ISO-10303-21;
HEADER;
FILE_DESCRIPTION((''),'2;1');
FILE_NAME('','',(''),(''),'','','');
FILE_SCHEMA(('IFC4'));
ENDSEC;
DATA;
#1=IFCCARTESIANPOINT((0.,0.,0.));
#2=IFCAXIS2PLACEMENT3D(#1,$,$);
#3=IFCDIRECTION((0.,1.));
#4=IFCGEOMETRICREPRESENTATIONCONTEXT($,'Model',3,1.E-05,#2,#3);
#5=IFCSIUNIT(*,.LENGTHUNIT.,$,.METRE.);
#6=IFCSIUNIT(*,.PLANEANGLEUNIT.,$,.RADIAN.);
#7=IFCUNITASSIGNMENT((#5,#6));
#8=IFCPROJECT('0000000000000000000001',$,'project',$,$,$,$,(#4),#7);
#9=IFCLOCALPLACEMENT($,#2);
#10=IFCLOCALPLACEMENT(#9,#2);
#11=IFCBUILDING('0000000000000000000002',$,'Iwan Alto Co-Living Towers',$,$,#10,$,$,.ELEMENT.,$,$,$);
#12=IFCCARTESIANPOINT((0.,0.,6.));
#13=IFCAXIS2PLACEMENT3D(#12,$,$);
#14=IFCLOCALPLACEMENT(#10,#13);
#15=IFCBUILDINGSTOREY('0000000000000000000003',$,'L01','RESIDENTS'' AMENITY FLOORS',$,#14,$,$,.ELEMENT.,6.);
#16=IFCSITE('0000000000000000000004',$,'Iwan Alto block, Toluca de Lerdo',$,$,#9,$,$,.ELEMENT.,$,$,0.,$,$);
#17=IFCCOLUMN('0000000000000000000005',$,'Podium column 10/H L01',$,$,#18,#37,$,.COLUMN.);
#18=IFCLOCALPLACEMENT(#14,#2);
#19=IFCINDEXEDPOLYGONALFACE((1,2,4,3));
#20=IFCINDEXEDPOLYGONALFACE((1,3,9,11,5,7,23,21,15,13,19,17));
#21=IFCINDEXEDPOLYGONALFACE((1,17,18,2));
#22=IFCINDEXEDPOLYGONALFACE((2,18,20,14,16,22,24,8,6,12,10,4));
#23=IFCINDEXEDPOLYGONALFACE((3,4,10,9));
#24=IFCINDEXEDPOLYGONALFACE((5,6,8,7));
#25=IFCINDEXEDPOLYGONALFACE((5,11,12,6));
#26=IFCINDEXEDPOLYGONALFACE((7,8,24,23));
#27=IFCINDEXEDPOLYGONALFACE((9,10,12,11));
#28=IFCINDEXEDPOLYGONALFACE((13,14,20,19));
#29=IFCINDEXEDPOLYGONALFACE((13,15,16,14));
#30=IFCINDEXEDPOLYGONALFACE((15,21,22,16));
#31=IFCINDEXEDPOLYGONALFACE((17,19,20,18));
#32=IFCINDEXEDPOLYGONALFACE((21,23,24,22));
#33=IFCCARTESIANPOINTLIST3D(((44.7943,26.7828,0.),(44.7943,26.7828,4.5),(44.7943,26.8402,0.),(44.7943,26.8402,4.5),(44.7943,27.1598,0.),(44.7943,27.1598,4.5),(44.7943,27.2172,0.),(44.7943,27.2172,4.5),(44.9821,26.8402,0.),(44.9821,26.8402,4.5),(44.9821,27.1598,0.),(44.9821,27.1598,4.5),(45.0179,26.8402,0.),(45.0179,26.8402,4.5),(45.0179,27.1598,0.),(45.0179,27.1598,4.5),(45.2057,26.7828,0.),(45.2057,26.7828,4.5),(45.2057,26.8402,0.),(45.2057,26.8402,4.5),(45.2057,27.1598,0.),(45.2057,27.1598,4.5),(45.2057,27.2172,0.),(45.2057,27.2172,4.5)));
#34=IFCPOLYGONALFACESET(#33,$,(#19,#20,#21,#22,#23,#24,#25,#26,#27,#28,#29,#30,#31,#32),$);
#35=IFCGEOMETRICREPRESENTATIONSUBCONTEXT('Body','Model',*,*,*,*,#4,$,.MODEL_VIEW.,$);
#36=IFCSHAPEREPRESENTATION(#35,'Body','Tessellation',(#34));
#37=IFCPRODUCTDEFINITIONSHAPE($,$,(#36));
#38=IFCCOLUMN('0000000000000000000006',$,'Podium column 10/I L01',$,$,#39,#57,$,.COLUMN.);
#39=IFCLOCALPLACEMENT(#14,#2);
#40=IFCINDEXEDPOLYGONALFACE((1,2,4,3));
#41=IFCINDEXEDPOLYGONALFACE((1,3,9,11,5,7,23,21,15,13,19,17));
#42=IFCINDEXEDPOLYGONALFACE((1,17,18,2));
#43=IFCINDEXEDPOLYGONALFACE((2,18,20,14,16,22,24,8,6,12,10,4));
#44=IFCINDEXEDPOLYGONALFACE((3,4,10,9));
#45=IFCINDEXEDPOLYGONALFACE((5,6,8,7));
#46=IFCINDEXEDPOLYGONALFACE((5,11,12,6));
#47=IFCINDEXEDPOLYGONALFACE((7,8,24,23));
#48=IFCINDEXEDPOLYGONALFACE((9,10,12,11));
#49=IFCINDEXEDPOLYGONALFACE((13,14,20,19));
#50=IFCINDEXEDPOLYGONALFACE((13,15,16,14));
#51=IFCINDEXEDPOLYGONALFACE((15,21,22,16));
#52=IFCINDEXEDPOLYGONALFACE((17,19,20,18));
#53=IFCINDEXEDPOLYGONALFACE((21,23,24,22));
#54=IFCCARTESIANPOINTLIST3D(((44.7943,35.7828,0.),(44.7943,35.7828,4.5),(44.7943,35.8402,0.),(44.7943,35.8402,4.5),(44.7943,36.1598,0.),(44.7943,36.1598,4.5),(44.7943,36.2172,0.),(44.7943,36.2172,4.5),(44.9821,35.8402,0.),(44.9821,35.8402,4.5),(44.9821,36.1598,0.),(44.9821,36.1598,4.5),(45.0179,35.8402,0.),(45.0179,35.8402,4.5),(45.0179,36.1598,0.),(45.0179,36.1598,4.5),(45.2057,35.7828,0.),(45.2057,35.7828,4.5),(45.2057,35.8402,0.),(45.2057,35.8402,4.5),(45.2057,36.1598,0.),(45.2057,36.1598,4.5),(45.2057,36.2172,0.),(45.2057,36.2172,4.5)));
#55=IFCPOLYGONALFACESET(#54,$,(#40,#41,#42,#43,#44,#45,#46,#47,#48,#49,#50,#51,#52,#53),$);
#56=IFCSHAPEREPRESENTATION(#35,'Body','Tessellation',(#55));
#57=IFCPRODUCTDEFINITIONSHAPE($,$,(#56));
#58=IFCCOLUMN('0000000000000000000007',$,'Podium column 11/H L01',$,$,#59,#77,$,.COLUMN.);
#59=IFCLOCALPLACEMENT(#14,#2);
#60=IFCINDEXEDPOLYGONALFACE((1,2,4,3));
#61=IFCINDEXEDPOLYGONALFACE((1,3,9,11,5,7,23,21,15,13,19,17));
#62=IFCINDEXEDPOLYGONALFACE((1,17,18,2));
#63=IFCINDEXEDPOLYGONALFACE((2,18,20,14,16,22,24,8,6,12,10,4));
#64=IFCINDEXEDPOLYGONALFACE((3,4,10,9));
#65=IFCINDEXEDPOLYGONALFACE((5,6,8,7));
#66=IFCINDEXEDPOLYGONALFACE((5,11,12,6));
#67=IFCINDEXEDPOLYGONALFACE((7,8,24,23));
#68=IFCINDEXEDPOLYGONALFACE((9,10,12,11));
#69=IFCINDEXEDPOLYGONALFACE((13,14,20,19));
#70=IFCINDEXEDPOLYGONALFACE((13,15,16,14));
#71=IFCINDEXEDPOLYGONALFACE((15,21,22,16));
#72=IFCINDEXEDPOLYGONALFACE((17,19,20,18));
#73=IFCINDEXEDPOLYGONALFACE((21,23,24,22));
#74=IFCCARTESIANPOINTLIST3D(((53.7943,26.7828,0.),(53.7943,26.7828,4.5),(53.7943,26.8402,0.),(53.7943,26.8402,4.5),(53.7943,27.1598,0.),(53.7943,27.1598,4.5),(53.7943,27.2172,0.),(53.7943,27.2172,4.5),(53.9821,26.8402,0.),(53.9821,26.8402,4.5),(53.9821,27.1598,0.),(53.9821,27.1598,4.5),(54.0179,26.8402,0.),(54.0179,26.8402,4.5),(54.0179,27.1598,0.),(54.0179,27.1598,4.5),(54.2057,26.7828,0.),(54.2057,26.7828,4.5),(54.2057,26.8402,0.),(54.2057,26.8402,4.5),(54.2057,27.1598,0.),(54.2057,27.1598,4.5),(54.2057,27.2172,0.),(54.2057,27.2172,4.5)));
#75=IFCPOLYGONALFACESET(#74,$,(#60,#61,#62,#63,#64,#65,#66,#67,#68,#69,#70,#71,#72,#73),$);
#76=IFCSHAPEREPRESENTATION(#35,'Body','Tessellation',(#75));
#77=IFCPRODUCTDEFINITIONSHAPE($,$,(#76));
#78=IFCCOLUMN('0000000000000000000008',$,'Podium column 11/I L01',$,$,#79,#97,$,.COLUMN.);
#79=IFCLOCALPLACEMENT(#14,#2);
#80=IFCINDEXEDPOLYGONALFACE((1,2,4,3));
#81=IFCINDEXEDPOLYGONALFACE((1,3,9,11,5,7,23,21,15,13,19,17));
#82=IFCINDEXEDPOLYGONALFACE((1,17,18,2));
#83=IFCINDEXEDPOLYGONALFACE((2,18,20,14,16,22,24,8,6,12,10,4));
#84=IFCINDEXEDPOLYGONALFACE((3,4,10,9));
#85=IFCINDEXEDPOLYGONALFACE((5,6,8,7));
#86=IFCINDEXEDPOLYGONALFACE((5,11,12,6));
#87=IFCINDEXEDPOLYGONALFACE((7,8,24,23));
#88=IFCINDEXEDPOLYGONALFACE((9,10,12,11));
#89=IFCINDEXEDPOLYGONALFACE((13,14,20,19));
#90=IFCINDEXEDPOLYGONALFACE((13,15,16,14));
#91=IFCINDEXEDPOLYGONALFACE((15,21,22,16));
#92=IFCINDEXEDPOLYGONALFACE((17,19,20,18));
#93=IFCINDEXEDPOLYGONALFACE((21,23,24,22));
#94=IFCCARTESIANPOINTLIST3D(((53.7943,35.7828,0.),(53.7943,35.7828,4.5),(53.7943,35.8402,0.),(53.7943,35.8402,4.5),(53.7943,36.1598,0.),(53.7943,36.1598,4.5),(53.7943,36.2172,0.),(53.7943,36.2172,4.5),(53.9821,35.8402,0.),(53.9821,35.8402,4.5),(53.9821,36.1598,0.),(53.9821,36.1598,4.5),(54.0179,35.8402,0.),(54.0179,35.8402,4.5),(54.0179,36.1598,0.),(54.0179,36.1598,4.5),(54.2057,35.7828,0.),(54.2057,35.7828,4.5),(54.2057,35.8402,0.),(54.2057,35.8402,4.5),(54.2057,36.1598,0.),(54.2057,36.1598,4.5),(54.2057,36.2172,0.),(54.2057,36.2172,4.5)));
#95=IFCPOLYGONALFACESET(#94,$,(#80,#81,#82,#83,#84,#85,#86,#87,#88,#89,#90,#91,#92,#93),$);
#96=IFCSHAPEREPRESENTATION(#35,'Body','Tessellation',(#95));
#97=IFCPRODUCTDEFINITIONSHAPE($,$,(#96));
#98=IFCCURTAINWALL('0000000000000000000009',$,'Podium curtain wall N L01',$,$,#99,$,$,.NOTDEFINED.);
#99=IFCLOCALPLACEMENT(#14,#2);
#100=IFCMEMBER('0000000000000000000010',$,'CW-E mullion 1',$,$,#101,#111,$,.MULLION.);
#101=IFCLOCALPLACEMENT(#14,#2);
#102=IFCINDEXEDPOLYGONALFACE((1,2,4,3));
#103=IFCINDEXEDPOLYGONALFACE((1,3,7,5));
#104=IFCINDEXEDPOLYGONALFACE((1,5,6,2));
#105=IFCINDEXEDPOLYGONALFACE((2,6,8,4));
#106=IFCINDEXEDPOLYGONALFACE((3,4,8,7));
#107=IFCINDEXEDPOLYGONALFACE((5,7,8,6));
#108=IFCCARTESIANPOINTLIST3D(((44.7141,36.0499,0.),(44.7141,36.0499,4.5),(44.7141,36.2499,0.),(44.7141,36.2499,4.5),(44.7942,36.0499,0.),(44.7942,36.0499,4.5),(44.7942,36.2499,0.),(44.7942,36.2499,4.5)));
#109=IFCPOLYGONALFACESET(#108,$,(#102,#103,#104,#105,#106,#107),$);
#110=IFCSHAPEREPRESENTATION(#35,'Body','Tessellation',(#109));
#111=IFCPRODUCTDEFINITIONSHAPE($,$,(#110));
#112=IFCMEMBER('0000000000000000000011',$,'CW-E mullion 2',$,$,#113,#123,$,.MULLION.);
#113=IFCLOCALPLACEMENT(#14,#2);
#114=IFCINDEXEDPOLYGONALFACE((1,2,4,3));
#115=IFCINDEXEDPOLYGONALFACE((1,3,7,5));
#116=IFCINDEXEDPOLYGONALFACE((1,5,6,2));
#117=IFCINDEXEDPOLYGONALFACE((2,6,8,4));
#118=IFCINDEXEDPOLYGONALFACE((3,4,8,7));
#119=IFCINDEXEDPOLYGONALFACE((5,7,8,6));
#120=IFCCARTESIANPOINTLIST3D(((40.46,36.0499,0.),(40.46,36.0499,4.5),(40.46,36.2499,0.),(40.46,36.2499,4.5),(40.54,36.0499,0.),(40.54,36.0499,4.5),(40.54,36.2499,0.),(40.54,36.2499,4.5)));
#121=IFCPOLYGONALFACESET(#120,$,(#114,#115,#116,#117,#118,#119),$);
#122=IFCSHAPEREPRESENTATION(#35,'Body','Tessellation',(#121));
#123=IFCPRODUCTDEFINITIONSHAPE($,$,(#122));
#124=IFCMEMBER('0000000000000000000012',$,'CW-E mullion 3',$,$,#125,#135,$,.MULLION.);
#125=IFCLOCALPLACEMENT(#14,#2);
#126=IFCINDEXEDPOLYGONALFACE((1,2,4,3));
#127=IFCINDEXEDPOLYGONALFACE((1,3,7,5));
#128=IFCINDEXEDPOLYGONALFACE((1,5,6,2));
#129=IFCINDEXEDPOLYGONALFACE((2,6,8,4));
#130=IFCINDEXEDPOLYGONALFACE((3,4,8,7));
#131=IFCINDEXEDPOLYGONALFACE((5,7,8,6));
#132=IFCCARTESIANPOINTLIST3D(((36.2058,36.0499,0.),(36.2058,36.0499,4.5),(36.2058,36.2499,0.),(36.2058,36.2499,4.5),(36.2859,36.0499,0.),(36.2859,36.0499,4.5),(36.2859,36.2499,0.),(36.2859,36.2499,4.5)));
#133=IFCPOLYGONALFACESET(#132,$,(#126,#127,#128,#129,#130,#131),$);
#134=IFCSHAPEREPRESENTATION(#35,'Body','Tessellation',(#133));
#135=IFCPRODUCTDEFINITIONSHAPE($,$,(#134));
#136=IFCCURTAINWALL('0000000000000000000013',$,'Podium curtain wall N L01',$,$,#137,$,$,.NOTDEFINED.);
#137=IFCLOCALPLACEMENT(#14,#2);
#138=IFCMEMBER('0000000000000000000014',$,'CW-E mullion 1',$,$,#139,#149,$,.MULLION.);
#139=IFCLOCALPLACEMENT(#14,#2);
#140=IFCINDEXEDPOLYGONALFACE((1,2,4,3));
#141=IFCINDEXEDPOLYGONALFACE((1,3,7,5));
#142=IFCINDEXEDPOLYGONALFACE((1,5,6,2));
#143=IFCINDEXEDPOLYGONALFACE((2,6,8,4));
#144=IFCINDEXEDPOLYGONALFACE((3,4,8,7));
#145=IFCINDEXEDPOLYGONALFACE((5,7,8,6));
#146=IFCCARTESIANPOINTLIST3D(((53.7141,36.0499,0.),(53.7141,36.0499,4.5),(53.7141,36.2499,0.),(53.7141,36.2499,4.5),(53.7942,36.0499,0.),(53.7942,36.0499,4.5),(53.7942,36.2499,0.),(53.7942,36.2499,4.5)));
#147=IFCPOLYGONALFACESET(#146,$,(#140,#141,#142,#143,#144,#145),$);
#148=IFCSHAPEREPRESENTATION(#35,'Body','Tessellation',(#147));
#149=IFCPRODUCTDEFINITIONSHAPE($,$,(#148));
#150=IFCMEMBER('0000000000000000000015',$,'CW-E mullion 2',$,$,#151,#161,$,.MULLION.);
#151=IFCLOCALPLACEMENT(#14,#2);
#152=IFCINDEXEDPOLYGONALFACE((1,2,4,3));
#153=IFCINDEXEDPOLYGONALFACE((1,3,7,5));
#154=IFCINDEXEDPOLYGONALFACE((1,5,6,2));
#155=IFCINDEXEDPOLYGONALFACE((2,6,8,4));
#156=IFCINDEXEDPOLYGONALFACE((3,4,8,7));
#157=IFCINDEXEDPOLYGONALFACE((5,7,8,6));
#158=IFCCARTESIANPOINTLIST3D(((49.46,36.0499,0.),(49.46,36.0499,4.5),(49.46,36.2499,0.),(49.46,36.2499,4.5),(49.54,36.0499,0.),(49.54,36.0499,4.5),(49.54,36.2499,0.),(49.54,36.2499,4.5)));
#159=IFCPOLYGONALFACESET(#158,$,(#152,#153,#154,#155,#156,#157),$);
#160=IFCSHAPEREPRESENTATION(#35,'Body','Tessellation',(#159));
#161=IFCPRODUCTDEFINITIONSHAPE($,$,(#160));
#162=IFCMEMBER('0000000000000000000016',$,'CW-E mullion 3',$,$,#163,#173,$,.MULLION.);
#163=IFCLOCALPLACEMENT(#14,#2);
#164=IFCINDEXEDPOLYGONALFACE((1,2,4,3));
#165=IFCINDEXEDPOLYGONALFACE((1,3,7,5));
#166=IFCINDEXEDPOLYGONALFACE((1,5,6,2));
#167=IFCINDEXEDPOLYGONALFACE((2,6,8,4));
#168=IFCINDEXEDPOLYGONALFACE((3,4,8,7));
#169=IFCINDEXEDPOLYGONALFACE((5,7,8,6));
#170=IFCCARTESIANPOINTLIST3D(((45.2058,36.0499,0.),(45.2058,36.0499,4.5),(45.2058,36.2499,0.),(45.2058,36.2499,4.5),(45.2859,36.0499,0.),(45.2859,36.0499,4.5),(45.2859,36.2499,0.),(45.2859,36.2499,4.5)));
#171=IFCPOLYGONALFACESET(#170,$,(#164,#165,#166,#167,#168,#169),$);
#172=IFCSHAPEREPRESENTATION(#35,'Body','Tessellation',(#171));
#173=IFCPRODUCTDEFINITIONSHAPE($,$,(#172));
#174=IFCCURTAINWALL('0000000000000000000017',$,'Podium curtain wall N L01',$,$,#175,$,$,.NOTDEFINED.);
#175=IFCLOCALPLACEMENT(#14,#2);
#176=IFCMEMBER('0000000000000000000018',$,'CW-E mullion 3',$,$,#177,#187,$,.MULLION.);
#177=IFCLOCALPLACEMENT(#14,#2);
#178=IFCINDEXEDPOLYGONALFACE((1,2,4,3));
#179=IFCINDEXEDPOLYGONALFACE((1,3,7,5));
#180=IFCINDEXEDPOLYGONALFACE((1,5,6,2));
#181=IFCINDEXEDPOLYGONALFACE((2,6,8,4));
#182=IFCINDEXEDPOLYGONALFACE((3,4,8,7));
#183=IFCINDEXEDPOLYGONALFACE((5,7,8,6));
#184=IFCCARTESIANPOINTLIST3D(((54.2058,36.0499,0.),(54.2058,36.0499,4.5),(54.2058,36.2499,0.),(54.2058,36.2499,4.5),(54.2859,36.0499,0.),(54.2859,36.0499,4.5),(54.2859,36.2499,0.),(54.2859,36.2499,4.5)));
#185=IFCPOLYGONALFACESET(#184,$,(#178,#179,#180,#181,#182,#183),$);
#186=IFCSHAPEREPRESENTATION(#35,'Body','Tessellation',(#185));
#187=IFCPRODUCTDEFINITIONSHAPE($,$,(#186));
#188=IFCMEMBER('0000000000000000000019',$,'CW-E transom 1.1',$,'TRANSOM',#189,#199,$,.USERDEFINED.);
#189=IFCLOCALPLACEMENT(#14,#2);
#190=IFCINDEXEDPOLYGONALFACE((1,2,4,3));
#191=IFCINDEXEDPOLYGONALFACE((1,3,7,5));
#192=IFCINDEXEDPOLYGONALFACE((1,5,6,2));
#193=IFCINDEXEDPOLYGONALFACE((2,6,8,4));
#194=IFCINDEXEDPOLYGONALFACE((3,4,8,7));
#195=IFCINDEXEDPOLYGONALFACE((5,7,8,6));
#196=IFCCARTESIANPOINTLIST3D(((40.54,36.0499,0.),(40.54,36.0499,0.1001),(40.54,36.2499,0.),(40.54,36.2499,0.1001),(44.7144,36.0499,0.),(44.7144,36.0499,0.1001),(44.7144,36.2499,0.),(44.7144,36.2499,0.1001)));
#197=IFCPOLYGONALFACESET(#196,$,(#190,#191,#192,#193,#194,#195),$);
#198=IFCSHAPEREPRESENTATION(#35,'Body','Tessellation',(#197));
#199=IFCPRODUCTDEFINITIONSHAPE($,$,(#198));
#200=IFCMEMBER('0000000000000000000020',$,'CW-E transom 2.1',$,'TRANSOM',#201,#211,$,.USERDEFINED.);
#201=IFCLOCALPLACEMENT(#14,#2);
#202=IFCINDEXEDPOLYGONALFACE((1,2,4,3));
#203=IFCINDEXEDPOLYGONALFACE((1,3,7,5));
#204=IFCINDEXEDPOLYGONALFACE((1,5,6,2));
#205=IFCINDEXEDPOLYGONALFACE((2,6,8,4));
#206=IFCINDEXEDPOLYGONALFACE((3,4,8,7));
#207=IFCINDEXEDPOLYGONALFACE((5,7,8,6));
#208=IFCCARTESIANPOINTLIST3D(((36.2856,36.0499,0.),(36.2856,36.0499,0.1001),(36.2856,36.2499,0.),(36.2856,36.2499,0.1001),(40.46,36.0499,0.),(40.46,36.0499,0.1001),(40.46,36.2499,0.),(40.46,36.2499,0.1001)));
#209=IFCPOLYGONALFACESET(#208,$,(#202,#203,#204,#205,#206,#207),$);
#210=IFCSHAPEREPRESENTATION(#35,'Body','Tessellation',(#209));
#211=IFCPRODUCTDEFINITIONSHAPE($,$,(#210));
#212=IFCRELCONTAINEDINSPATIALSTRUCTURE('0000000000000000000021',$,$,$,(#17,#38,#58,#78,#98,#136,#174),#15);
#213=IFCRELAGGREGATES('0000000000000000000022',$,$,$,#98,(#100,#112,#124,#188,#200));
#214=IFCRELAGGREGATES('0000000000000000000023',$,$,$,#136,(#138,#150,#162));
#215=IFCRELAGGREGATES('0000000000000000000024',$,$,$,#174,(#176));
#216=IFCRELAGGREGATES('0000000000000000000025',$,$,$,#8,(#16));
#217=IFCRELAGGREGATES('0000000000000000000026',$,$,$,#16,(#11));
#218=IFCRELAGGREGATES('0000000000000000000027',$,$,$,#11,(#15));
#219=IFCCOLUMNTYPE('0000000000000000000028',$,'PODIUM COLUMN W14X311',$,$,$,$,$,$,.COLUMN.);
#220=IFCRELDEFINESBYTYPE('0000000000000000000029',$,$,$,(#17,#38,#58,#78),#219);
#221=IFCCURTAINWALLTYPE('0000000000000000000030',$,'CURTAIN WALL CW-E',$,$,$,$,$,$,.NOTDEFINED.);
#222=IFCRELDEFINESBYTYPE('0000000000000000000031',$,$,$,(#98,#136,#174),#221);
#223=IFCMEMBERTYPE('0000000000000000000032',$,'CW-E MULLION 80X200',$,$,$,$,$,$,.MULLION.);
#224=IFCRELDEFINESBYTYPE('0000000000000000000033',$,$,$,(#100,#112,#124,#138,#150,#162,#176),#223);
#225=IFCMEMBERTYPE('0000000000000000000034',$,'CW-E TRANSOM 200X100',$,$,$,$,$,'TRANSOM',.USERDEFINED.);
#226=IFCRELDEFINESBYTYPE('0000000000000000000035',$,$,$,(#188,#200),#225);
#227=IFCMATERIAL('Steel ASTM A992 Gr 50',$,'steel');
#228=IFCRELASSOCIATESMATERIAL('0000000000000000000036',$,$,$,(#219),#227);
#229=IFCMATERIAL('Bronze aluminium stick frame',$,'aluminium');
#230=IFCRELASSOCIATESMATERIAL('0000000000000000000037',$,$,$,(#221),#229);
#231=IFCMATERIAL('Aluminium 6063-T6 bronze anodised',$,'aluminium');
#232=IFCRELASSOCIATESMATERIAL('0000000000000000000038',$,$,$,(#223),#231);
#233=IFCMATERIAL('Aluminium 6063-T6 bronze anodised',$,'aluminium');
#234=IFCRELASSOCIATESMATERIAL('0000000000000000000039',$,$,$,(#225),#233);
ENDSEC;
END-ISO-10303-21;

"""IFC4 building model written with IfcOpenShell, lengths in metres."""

from ifc_helpers import new_model, si_unit, direction, frame, origin, origin_2d, place, context, subcontext, project, spatial, rectangle, i_section, extrude, material, material_profile, profile_set, type_object, element, aggregate, save


model = new_model("IFC4")

# Units and contexts
model_context = context("Model", 3, precision=1e-05, world=origin(), true_north=direction((0.0, 1.0)))
body_context = subcontext(model_context, "Body", "Model", "MODEL_VIEW")
ifc_project = project(units=[si_unit("LENGTHUNIT", "METRE"), si_unit("PLANEANGLEUNIT", "RADIAN")], contexts=[model_context])

# Site, building, storey
site_placement = place(None, origin())
site = spatial("IfcSite", under=ifc_project, at=site_placement, Name="Iwan Alto block, Toluca de Lerdo", CompositionType="ELEMENT", RefElevation=0.0)
building_placement = place(site_placement, origin())
building = spatial("IfcBuilding", under=site, at=building_placement, Name="Iwan Alto Co-Living Towers", CompositionType="ELEMENT")
storey_placement = place(building_placement, frame((0.0, 0.0, 6.0)))
storey = spatial("IfcBuildingStorey", under=building, at=storey_placement, Name="L01", Description="RESIDENTS' AMENITY FLOORS", CompositionType="ELEMENT", Elevation=6.0)

# Columns
ifc_material_1 = material(Name="Steel ASTM A992 Gr 50", Category="steel")
ifc_material_profile_1 = material_profile(ifc_material_1, i_section(OverallWidth=0.4114, OverallDepth=0.4343, WebThickness=0.0359, FlangeThickness=0.0574, at=origin_2d()), Name="W14X311")
ifc_profile_set_1 = profile_set([ifc_material_profile_1], Name="Steel ASTM A992 Gr 50")
column_type = type_object("IfcColumnType", Name="PODIUM COLUMN W14X311", PredefinedType="COLUMN", material=ifc_profile_set_1)
for number, where, z_axis, x_axis, name in (
    (1, (45.0, 27.0, 0.0), (0.0, 0.0, 1.0), (1.0, 0.0, 0.0), "Podium column 10/H L01"),
    (2, (45.0, 36.0, 0.0), (0.0, 0.0, 1.0), (1.0, 0.0, 0.0), "Podium column 10/I L01"),
    (3, (54.0, 27.0, 0.0), (0.0, 0.0, 1.0), (1.0, 0.0, 0.0), "Podium column 11/H L01"),
    (4, (54.0, 36.0, 0.0), (0.0, 0.0, 1.0), (1.0, 0.0, 0.0), "Podium column 11/I L01"),
):
    element("IfcColumn", number, at=place(storey_placement, frame(where, z_axis=z_axis, x_axis=x_axis)), inside=storey, type_object=column_type, Name=name, PredefinedType="COLUMN", context=body_context, shape_type="SweptSolid", body=[
        extrude(i_section(OverallWidth=0.4114, OverallDepth=0.4343, WebThickness=0.0359, FlangeThickness=0.0574, at=origin_2d()), origin(), (0.0, 0.0, 1.0), 4.5),
    ])

# Curtain walls, members
ifc_material_2 = material(Name="Bronze aluminium stick frame", Category="aluminium")
curtain_wall_type = type_object("IfcCurtainWallType", Name="CURTAIN WALL CW-E", PredefinedType="NOTDEFINED", material=ifc_material_2)
curtain_wall_1_placement = place(storey_placement, origin())
curtain_wall_1 = element("IfcCurtainWall", 5, at=curtain_wall_1_placement, inside=storey, type_object=curtain_wall_type, Name="Podium curtain wall N L01", PredefinedType="NOTDEFINED")
ifc_material_3 = material(Name="Aluminium 6063-T6 bronze anodised", Category="aluminium")
ifc_material_profile_2 = material_profile(ifc_material_3, rectangle(XDim=0.2, YDim=0.0801, at=origin_2d()), Name="AL 80X200")
ifc_profile_set_2 = profile_set([ifc_material_profile_2], Name="Aluminium 6063-T6 bronze anodised")
member_type_1 = type_object("IfcMemberType", Name="CW-E MULLION 80X200", PredefinedType="MULLION", material=ifc_profile_set_2)
member_1_placement = place(storey_placement, frame((44.7542, 36.1499, 0.0), z_axis=(0.0, 0.0, 1.0), x_axis=(0.0, -1.0, 0.0)))
member_1 = element("IfcMember", 6, at=member_1_placement, type_object=member_type_1, Name="CW-E mullion 1", PredefinedType="MULLION", context=body_context, shape_type="SweptSolid", body=[
    extrude(rectangle(XDim=0.2, YDim=0.0801, at=origin_2d()), origin(), (0.0, 0.0, 1.0), 4.5),
])
member_2_placement = place(storey_placement, frame((40.5, 36.1499, 0.0), z_axis=(0.0, 0.0, 1.0), x_axis=(0.0, -1.0, 0.0)))
member_2 = element("IfcMember", 7, at=member_2_placement, type_object=member_type_1, Name="CW-E mullion 2", PredefinedType="MULLION", context=body_context, shape_type="SweptSolid", body=[
    extrude(rectangle(XDim=0.2, YDim=0.0801, at=origin_2d()), origin(), (0.0, 0.0, 1.0), 4.5),
])
member_3_placement = place(storey_placement, frame((36.2458, 36.1499, 0.0), z_axis=(0.0, 0.0, 1.0), x_axis=(0.0, -1.0, 0.0)))
member_3 = element("IfcMember", 8, at=member_3_placement, type_object=member_type_1, Name="CW-E mullion 3", PredefinedType="MULLION", context=body_context, shape_type="SweptSolid", body=[
    extrude(rectangle(XDim=0.2, YDim=0.0801, at=origin_2d()), origin(), (0.0, 0.0, 1.0), 4.5),
])
curtain_wall_2_placement = place(storey_placement, origin())
curtain_wall_2 = element("IfcCurtainWall", 9, at=curtain_wall_2_placement, inside=storey, type_object=curtain_wall_type, Name="Podium curtain wall N L01", PredefinedType="NOTDEFINED")
member_4_placement = place(storey_placement, frame((53.7542, 36.1499, 0.0), z_axis=(0.0, 0.0, 1.0), x_axis=(0.0, -1.0, 0.0)))
member_4 = element("IfcMember", 10, at=member_4_placement, type_object=member_type_1, Name="CW-E mullion 1", PredefinedType="MULLION", context=body_context, shape_type="SweptSolid", body=[
    extrude(rectangle(XDim=0.2, YDim=0.0801, at=origin_2d()), origin(), (0.0, 0.0, 1.0), 4.5),
])
member_5_placement = place(storey_placement, frame((49.5, 36.1499, 0.0), z_axis=(0.0, 0.0, 1.0), x_axis=(0.0, -1.0, 0.0)))
member_5 = element("IfcMember", 11, at=member_5_placement, type_object=member_type_1, Name="CW-E mullion 2", PredefinedType="MULLION", context=body_context, shape_type="SweptSolid", body=[
    extrude(rectangle(XDim=0.2, YDim=0.0801, at=origin_2d()), origin(), (0.0, 0.0, 1.0), 4.5),
])
member_6_placement = place(storey_placement, frame((45.2458, 36.1499, 0.0), z_axis=(0.0, 0.0, 1.0), x_axis=(0.0, -1.0, 0.0)))
member_6 = element("IfcMember", 12, at=member_6_placement, type_object=member_type_1, Name="CW-E mullion 3", PredefinedType="MULLION", context=body_context, shape_type="SweptSolid", body=[
    extrude(rectangle(XDim=0.2, YDim=0.0801, at=origin_2d()), origin(), (0.0, 0.0, 1.0), 4.5),
])

# Curtain wall, member
curtain_wall_3_placement = place(storey_placement, origin())
curtain_wall_3 = element("IfcCurtainWall", 13, at=curtain_wall_3_placement, inside=storey, type_object=curtain_wall_type, Name="Podium curtain wall N L01", PredefinedType="NOTDEFINED")
member_7_placement = place(storey_placement, frame((54.2458, 36.1499, 0.0), z_axis=(0.0, 0.0, 1.0), x_axis=(0.0, -1.0, 0.0)))
member_7 = element("IfcMember", 14, at=member_7_placement, type_object=member_type_1, Name="CW-E mullion 3", PredefinedType="MULLION", context=body_context, shape_type="SweptSolid", body=[
    extrude(rectangle(XDim=0.2, YDim=0.0801, at=origin_2d()), origin(), (0.0, 0.0, 1.0), 4.5),
])

# Members
ifc_material_4 = material(Name="Aluminium 6063-T6 bronze anodised", Category="aluminium")
ifc_material_profile_3 = material_profile(ifc_material_4, rectangle(XDim=0.2, YDim=0.1001, at=origin_2d()), Name="AL 200X100")
ifc_profile_set_3 = profile_set([ifc_material_profile_3], Name="Aluminium 6063-T6 bronze anodised")
member_type_2 = type_object("IfcMemberType", Name="CW-E TRANSOM 200X100", ElementType="TRANSOM", PredefinedType="USERDEFINED", material=ifc_profile_set_3)
member_8_placement = place(storey_placement, frame((44.7144, 36.1499, 0.05), z_axis=(-1.0, 0.0, 0.0), x_axis=(0.0, -1.0, 0.0)))
member_8 = element("IfcMember", 15, at=member_8_placement, type_object=member_type_2, Name="CW-E transom 1.1", ObjectType="TRANSOM", PredefinedType="USERDEFINED", context=body_context, shape_type="SweptSolid", body=[
    extrude(rectangle(XDim=0.2, YDim=0.1001, at=origin_2d()), origin(), (0.0, 0.0, 1.0), 4.1743),
])
member_9_placement = place(storey_placement, frame((40.46, 36.1499, 0.05), z_axis=(-1.0, 0.0, 0.0), x_axis=(0.0, -1.0, 0.0)))
member_9 = element("IfcMember", 16, at=member_9_placement, type_object=member_type_2, Name="CW-E transom 2.1", ObjectType="TRANSOM", PredefinedType="USERDEFINED", context=body_context, shape_type="SweptSolid", body=[
    extrude(rectangle(XDim=0.2, YDim=0.1001, at=origin_2d()), origin(), (0.0, 0.0, 1.0), 4.1743),
])

aggregate(curtain_wall_1, [member_1, member_2, member_3, member_8, member_9])
aggregate(curtain_wall_2, [member_4, member_5, member_6])
aggregate(curtain_wall_3, [member_7])

save(model, "model.ifc")
